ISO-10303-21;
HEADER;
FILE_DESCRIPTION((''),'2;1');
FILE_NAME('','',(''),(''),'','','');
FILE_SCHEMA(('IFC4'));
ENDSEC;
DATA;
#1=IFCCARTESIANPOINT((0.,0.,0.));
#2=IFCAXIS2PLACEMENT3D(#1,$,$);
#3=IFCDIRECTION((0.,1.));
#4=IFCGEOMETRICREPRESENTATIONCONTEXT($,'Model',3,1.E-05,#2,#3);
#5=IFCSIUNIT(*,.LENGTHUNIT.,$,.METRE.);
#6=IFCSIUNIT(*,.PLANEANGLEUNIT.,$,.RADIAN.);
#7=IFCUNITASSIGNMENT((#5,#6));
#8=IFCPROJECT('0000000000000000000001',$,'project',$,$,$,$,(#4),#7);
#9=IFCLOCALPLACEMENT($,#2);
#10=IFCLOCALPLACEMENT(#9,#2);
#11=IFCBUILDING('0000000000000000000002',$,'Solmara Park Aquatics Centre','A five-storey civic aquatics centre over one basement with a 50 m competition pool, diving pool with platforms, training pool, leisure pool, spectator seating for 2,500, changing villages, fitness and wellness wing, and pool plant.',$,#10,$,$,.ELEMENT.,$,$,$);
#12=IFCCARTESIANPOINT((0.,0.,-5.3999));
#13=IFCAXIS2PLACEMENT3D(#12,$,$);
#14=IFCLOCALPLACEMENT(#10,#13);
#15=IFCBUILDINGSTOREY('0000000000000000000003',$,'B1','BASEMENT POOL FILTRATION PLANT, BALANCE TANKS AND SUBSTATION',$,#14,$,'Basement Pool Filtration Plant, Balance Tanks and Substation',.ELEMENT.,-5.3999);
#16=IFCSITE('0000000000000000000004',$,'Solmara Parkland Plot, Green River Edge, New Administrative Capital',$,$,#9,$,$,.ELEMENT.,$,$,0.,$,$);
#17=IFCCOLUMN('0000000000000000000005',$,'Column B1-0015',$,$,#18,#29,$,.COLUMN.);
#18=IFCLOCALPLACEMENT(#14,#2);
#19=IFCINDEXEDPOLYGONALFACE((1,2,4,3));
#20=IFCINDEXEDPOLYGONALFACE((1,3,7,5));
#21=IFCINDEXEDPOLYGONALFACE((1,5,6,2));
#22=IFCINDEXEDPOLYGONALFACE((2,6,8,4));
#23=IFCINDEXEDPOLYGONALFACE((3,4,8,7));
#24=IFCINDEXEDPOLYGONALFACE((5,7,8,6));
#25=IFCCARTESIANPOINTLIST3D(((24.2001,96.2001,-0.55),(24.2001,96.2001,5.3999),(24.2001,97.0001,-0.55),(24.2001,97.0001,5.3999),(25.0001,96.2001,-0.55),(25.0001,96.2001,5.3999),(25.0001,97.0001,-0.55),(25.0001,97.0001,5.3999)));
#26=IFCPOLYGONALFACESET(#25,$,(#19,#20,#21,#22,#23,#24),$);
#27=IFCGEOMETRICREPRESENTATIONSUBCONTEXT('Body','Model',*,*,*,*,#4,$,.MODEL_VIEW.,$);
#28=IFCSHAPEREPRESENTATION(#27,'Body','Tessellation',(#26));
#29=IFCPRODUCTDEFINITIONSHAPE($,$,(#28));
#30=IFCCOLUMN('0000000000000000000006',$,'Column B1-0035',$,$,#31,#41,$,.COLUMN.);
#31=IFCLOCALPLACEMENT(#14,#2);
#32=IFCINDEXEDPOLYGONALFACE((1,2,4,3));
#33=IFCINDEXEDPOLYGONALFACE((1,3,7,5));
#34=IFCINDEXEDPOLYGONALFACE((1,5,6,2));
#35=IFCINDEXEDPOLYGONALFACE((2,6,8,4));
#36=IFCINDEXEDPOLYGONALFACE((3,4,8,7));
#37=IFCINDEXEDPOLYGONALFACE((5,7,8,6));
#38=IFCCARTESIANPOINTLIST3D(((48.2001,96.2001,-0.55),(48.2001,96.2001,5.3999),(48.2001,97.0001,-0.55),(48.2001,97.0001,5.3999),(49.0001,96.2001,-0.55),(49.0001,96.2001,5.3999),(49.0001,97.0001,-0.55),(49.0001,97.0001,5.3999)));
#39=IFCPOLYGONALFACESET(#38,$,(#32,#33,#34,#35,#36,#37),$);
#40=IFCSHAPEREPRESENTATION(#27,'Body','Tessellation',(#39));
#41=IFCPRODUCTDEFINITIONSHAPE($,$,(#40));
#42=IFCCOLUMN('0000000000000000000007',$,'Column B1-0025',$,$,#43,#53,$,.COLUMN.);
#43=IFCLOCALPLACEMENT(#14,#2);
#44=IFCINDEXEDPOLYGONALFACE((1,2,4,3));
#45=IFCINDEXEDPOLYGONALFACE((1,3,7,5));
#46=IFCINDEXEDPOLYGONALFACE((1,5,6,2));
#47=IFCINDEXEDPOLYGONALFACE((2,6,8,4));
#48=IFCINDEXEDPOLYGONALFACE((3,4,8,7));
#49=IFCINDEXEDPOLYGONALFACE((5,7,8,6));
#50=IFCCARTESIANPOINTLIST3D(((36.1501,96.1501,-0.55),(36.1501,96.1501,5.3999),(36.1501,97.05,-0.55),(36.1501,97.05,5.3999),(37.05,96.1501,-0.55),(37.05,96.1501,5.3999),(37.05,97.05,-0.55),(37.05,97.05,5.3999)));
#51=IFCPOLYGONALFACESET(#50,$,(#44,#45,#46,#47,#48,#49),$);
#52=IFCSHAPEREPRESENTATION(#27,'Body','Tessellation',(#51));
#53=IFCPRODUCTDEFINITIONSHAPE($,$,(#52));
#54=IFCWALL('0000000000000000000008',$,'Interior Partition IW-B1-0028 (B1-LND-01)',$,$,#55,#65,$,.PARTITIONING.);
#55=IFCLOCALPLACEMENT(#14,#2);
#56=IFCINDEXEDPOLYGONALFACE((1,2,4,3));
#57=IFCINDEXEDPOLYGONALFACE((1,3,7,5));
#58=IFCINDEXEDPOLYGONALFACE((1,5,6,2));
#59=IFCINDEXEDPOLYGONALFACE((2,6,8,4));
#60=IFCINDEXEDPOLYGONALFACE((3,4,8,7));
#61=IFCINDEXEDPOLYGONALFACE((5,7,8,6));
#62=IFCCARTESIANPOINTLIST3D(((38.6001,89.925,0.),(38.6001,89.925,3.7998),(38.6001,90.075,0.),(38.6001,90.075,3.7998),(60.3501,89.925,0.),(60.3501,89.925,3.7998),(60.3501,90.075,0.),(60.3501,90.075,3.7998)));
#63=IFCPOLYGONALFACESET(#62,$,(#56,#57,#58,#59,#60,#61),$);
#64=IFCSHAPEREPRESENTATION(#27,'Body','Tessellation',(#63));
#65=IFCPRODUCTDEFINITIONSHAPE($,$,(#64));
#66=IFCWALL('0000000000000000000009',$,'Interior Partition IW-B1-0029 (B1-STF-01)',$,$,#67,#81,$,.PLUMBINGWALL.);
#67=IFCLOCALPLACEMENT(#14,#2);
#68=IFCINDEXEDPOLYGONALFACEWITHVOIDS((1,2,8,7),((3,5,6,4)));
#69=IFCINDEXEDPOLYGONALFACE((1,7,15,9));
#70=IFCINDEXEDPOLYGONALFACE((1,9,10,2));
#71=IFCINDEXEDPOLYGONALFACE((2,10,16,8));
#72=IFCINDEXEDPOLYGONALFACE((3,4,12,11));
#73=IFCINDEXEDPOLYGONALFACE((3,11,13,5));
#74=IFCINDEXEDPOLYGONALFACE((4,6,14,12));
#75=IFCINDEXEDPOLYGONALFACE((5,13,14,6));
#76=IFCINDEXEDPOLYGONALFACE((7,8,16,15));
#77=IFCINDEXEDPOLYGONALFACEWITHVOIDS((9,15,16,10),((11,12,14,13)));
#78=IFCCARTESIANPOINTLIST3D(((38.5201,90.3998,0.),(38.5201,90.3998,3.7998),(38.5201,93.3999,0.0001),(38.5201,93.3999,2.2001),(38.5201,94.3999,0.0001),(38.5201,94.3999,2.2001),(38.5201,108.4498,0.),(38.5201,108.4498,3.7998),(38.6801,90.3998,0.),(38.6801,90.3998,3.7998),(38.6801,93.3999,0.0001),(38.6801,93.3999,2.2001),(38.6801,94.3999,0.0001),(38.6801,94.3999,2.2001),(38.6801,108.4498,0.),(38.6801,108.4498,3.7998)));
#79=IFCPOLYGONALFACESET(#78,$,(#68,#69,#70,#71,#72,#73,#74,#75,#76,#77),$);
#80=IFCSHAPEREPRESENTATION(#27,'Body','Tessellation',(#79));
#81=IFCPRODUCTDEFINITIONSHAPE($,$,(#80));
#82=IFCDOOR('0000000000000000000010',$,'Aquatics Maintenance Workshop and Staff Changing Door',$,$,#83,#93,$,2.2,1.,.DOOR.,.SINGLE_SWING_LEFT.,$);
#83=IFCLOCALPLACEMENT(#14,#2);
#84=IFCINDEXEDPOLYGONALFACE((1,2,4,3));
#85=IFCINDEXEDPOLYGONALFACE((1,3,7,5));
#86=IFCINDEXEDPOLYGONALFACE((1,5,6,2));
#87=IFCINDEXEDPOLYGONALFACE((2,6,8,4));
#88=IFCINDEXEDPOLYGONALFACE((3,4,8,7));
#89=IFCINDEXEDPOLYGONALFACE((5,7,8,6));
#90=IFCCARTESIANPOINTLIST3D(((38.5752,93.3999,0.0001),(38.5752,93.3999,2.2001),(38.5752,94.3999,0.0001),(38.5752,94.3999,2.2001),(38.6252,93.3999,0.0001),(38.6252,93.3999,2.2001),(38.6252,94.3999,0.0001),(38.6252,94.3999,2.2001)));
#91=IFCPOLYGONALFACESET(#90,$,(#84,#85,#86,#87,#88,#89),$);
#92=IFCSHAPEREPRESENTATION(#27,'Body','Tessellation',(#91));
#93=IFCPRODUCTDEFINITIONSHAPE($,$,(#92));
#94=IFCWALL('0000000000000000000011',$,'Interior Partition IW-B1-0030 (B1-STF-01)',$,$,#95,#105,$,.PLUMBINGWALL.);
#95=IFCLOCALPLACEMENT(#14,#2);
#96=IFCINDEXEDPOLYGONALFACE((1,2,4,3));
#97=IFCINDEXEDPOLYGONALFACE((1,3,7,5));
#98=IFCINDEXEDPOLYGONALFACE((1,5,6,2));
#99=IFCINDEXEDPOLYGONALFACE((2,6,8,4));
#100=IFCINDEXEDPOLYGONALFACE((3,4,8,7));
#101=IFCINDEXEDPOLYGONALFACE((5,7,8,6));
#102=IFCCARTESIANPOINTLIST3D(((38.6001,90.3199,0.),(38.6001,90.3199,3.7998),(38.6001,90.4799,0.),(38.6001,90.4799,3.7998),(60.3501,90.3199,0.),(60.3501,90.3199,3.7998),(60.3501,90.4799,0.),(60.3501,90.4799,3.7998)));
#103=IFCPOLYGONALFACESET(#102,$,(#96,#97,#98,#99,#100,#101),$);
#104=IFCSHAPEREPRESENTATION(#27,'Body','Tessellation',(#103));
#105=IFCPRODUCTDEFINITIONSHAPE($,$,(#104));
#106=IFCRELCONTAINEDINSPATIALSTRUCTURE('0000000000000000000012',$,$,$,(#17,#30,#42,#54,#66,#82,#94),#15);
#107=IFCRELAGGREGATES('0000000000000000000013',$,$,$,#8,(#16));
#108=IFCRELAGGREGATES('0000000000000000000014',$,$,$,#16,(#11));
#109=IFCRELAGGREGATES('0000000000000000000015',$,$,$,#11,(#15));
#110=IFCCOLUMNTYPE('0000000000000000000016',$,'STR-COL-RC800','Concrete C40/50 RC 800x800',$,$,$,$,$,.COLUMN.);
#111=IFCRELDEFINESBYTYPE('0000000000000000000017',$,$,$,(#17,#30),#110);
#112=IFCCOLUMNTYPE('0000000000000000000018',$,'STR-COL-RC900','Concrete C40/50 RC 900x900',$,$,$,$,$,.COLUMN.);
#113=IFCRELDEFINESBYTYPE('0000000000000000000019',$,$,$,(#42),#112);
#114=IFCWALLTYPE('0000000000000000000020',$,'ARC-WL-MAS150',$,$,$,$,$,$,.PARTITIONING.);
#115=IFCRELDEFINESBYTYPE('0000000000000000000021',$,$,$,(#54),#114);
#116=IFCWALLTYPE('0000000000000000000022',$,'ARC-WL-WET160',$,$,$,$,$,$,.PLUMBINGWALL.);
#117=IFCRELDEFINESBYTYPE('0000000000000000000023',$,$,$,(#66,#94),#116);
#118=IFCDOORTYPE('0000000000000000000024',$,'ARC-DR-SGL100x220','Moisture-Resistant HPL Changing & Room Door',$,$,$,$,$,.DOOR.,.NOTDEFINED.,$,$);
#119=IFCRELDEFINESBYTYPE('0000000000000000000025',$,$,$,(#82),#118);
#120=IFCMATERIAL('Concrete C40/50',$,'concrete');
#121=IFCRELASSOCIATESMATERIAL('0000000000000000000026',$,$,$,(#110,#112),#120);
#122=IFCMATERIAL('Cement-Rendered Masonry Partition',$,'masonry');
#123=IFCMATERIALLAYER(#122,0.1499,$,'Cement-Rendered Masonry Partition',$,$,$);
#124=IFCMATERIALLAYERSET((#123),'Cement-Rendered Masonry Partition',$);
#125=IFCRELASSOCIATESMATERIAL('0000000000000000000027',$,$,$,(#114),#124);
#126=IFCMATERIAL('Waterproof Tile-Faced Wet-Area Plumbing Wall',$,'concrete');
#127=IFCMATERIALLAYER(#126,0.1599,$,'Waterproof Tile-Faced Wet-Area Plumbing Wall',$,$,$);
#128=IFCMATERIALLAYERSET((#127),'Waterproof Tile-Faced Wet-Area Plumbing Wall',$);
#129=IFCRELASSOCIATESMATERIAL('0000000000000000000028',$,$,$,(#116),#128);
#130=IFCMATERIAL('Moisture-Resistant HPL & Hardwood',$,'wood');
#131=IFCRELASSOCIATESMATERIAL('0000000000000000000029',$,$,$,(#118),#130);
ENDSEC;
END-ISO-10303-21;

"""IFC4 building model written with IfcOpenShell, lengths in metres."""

from ifc_helpers import new_model, si_unit, direction, frame, frame_2d, origin, origin_2d, place, context, subcontext, project, spatial, rectangle, extrude, material, layer, layer_set, material_profile, profile_set, type_object, element, fill, save


model = new_model("IFC4")

# Units and contexts
model_context = context("Model", 3, precision=1e-05, world=origin(), true_north=direction((0.0, 1.0)))
body_context = subcontext(model_context, "Body", "Model", "MODEL_VIEW")
ifc_project = project(units=[si_unit("LENGTHUNIT", "METRE"), si_unit("PLANEANGLEUNIT", "RADIAN")], contexts=[model_context])

# Site, building, storey
site_placement = place(None, origin())
site = spatial("IfcSite", under=ifc_project, at=site_placement, Name="Solmara Parkland Plot, Green River Edge, New Administrative Capital", CompositionType="ELEMENT", RefElevation=0.0)
building_placement = place(site_placement, origin())
building = spatial("IfcBuilding", under=site, at=building_placement, Name="Solmara Park Aquatics Centre", Description="A five-storey civic aquatics centre over one basement with a 50 m competition pool, diving pool with platforms, training pool, leisure pool, spectator seating for 2,500, changing villages, fitness and wellness wing, and pool plant.", CompositionType="ELEMENT")
storey_placement = place(building_placement, frame((0.0, 0.0, -5.3999)))
storey = spatial("IfcBuildingStorey", under=building, at=storey_placement, Name="B1", Description="BASEMENT POOL FILTRATION PLANT, BALANCE TANKS AND SUBSTATION", LongName="Basement Pool Filtration Plant, Balance Tanks and Substation", CompositionType="ELEMENT", Elevation=-5.3999)

# Columns
ifc_material_1 = material(Name="Concrete C40/50", Category="concrete")
ifc_material_profile_1 = material_profile(ifc_material_1, rectangle(XDim=0.8, YDim=0.8, at=origin_2d()), Name="RC 800x800")
ifc_profile_set_1 = profile_set([ifc_material_profile_1], Name="Concrete C40/50")
column_type_1 = type_object("IfcColumnType", Name="STR-COL-RC800", Description="Concrete C40/50 RC 800x800", PredefinedType="COLUMN", material=ifc_profile_set_1)
for number, where, z_axis, x_axis, name in (
    (1, (24.6001, 96.6001, -0.55), (0.0, 0.0, 1.0), (1.0, 0.0, 0.0), "Column B1-0015"),
    (2, (48.6001, 96.6001, -0.55), (0.0, 0.0, 1.0), (1.0, 0.0, 0.0), "Column B1-0035"),
):
    element("IfcColumn", number, at=place(storey_placement, frame(where, z_axis=z_axis, x_axis=x_axis)), inside=storey, type_object=column_type_1, Name=name, PredefinedType="COLUMN", context=body_context, shape_type="SweptSolid", body=[
        extrude(rectangle(XDim=0.8, YDim=0.8, at=origin_2d()), origin(), (0.0, 0.0, 1.0), 5.95),
    ])
ifc_material_profile_2 = material_profile(ifc_material_1, rectangle(XDim=0.8999, YDim=0.8999, at=origin_2d()), Name="RC 900x900")
ifc_profile_set_2 = profile_set([ifc_material_profile_2], Name="Concrete C40/50")
column_type_2 = type_object("IfcColumnType", Name="STR-COL-RC900", Description="Concrete C40/50 RC 900x900", PredefinedType="COLUMN", material=ifc_profile_set_2)
column_placement = place(storey_placement, frame((36.6001, 96.6001, -0.55), z_axis=(0.0, 0.0, 1.0), x_axis=(1.0, 0.0, 0.0)))
element("IfcColumn", 3, at=column_placement, inside=storey, type_object=column_type_2, Name="Column B1-0025", PredefinedType="COLUMN", context=body_context, shape_type="SweptSolid", body=[
    extrude(rectangle(XDim=0.8999, YDim=0.8999, at=origin_2d()), origin(), (0.0, 0.0, 1.0), 5.95),
])

# Wall
ifc_material_2 = material(Name="Cement-Rendered Masonry Partition", Category="masonry")
ifc_layer_1 = layer(ifc_material_2, 0.1499, Name="Cement-Rendered Masonry Partition")
ifc_layer_set_1 = layer_set([ifc_layer_1], Name="Cement-Rendered Masonry Partition")
wall_type_1 = type_object("IfcWallType", Name="ARC-WL-MAS150", PredefinedType="PARTITIONING", material=ifc_layer_set_1)
wall_1_placement = place(storey_placement, frame((38.6001, 90.0, 0.0), z_axis=(0.0, 0.0, 1.0), x_axis=(1.0, 0.0, 0.0)))
element("IfcWall", 4, at=wall_1_placement, inside=storey, type_object=wall_type_1, Name="Interior Partition IW-B1-0028 (B1-LND-01)", PredefinedType="PARTITIONING", context=body_context, shape_type="SweptSolid", body=[
    extrude(rectangle(XDim=21.75, YDim=0.1499, at=frame_2d((10.875, 0.0))), origin(), (0.0, 0.0, 1.0), 3.7998),
])

# Wall, opening, door
ifc_material_3 = material(Name="Waterproof Tile-Faced Wet-Area Plumbing Wall", Category="concrete")
ifc_layer_2 = layer(ifc_material_3, 0.1599, Name="Waterproof Tile-Faced Wet-Area Plumbing Wall")
ifc_layer_set_2 = layer_set([ifc_layer_2], Name="Waterproof Tile-Faced Wet-Area Plumbing Wall")
wall_type_2 = type_object("IfcWallType", Name="ARC-WL-WET160", PredefinedType="PLUMBINGWALL", material=ifc_layer_set_2)
wall_2_placement = place(storey_placement, frame((38.6001, 90.3999, 0.0), z_axis=(0.0, 0.0, 1.0), x_axis=(0.0, 1.0, 0.0)))
wall_2 = element("IfcWall", 5, at=wall_2_placement, inside=storey, type_object=wall_type_2, Name="Interior Partition IW-B1-0029 (B1-STF-01)", PredefinedType="PLUMBINGWALL", context=body_context, shape_type="SweptSolid", body=[
    extrude(rectangle(XDim=18.05, YDim=0.1599, at=frame_2d((9.0249, 0.0))), origin(), (0.0, 0.0, 1.0), 3.7998),
])
opening_placement = place(wall_2_placement, frame((3.0, 0.0, 0.0)))
opening = element("IfcOpeningElement", 6, at=opening_placement, cuts=wall_2, PredefinedType="OPENING", context=body_context, shape_type="SweptSolid", body=[
    extrude(rectangle(XDim=1.0, YDim=2.2, at=frame_2d((0.5, 1.1001))), frame((0.0, 0.0898, 0.0), z_axis=(0.0, -1.0, 0.0), x_axis=(1.0, 0.0, 0.0)), (0.0, 0.0, 1.0), 0.1799),
])
ifc_material_4 = material(Name="Moisture-Resistant HPL & Hardwood", Category="wood")
door_type = type_object("IfcDoorType", Name="ARC-DR-SGL100x220", Description="Moisture-Resistant HPL Changing & Room Door", OperationType="NOTDEFINED", PredefinedType="DOOR", material=ifc_material_4)
door_placement = place(opening_placement, origin())
door = element("IfcDoor", 7, at=door_placement, inside=storey, type_object=door_type, Name="Aquatics Maintenance Workshop and Staff Changing Door", OperationType="SINGLE_SWING_LEFT", OverallHeight=2.2, OverallWidth=1.0, PredefinedType="DOOR", context=body_context, shape_type="SweptSolid", body=[
    extrude(rectangle(XDim=1.0, YDim=2.2, at=frame_2d((0.5, 1.1001))), frame((0.0, 0.0249, 0.0), z_axis=(0.0, -1.0, 0.0), x_axis=(1.0, 0.0, 0.0)), (0.0, 0.0, 1.0), 0.05),
])
fill(opening, door)

# Wall
wall_3_placement = place(storey_placement, frame((38.6001, 90.3999, 0.0), z_axis=(0.0, 0.0, 1.0), x_axis=(1.0, 0.0, 0.0)))
element("IfcWall", 8, at=wall_3_placement, inside=storey, type_object=wall_type_2, Name="Interior Partition IW-B1-0030 (B1-STF-01)", PredefinedType="PLUMBINGWALL", context=body_context, shape_type="SweptSolid", body=[
    extrude(rectangle(XDim=21.75, YDim=0.1599, at=frame_2d((10.875, 0.0))), origin(), (0.0, 0.0, 1.0), 3.7998),
])

save(model, "model.ifc")
